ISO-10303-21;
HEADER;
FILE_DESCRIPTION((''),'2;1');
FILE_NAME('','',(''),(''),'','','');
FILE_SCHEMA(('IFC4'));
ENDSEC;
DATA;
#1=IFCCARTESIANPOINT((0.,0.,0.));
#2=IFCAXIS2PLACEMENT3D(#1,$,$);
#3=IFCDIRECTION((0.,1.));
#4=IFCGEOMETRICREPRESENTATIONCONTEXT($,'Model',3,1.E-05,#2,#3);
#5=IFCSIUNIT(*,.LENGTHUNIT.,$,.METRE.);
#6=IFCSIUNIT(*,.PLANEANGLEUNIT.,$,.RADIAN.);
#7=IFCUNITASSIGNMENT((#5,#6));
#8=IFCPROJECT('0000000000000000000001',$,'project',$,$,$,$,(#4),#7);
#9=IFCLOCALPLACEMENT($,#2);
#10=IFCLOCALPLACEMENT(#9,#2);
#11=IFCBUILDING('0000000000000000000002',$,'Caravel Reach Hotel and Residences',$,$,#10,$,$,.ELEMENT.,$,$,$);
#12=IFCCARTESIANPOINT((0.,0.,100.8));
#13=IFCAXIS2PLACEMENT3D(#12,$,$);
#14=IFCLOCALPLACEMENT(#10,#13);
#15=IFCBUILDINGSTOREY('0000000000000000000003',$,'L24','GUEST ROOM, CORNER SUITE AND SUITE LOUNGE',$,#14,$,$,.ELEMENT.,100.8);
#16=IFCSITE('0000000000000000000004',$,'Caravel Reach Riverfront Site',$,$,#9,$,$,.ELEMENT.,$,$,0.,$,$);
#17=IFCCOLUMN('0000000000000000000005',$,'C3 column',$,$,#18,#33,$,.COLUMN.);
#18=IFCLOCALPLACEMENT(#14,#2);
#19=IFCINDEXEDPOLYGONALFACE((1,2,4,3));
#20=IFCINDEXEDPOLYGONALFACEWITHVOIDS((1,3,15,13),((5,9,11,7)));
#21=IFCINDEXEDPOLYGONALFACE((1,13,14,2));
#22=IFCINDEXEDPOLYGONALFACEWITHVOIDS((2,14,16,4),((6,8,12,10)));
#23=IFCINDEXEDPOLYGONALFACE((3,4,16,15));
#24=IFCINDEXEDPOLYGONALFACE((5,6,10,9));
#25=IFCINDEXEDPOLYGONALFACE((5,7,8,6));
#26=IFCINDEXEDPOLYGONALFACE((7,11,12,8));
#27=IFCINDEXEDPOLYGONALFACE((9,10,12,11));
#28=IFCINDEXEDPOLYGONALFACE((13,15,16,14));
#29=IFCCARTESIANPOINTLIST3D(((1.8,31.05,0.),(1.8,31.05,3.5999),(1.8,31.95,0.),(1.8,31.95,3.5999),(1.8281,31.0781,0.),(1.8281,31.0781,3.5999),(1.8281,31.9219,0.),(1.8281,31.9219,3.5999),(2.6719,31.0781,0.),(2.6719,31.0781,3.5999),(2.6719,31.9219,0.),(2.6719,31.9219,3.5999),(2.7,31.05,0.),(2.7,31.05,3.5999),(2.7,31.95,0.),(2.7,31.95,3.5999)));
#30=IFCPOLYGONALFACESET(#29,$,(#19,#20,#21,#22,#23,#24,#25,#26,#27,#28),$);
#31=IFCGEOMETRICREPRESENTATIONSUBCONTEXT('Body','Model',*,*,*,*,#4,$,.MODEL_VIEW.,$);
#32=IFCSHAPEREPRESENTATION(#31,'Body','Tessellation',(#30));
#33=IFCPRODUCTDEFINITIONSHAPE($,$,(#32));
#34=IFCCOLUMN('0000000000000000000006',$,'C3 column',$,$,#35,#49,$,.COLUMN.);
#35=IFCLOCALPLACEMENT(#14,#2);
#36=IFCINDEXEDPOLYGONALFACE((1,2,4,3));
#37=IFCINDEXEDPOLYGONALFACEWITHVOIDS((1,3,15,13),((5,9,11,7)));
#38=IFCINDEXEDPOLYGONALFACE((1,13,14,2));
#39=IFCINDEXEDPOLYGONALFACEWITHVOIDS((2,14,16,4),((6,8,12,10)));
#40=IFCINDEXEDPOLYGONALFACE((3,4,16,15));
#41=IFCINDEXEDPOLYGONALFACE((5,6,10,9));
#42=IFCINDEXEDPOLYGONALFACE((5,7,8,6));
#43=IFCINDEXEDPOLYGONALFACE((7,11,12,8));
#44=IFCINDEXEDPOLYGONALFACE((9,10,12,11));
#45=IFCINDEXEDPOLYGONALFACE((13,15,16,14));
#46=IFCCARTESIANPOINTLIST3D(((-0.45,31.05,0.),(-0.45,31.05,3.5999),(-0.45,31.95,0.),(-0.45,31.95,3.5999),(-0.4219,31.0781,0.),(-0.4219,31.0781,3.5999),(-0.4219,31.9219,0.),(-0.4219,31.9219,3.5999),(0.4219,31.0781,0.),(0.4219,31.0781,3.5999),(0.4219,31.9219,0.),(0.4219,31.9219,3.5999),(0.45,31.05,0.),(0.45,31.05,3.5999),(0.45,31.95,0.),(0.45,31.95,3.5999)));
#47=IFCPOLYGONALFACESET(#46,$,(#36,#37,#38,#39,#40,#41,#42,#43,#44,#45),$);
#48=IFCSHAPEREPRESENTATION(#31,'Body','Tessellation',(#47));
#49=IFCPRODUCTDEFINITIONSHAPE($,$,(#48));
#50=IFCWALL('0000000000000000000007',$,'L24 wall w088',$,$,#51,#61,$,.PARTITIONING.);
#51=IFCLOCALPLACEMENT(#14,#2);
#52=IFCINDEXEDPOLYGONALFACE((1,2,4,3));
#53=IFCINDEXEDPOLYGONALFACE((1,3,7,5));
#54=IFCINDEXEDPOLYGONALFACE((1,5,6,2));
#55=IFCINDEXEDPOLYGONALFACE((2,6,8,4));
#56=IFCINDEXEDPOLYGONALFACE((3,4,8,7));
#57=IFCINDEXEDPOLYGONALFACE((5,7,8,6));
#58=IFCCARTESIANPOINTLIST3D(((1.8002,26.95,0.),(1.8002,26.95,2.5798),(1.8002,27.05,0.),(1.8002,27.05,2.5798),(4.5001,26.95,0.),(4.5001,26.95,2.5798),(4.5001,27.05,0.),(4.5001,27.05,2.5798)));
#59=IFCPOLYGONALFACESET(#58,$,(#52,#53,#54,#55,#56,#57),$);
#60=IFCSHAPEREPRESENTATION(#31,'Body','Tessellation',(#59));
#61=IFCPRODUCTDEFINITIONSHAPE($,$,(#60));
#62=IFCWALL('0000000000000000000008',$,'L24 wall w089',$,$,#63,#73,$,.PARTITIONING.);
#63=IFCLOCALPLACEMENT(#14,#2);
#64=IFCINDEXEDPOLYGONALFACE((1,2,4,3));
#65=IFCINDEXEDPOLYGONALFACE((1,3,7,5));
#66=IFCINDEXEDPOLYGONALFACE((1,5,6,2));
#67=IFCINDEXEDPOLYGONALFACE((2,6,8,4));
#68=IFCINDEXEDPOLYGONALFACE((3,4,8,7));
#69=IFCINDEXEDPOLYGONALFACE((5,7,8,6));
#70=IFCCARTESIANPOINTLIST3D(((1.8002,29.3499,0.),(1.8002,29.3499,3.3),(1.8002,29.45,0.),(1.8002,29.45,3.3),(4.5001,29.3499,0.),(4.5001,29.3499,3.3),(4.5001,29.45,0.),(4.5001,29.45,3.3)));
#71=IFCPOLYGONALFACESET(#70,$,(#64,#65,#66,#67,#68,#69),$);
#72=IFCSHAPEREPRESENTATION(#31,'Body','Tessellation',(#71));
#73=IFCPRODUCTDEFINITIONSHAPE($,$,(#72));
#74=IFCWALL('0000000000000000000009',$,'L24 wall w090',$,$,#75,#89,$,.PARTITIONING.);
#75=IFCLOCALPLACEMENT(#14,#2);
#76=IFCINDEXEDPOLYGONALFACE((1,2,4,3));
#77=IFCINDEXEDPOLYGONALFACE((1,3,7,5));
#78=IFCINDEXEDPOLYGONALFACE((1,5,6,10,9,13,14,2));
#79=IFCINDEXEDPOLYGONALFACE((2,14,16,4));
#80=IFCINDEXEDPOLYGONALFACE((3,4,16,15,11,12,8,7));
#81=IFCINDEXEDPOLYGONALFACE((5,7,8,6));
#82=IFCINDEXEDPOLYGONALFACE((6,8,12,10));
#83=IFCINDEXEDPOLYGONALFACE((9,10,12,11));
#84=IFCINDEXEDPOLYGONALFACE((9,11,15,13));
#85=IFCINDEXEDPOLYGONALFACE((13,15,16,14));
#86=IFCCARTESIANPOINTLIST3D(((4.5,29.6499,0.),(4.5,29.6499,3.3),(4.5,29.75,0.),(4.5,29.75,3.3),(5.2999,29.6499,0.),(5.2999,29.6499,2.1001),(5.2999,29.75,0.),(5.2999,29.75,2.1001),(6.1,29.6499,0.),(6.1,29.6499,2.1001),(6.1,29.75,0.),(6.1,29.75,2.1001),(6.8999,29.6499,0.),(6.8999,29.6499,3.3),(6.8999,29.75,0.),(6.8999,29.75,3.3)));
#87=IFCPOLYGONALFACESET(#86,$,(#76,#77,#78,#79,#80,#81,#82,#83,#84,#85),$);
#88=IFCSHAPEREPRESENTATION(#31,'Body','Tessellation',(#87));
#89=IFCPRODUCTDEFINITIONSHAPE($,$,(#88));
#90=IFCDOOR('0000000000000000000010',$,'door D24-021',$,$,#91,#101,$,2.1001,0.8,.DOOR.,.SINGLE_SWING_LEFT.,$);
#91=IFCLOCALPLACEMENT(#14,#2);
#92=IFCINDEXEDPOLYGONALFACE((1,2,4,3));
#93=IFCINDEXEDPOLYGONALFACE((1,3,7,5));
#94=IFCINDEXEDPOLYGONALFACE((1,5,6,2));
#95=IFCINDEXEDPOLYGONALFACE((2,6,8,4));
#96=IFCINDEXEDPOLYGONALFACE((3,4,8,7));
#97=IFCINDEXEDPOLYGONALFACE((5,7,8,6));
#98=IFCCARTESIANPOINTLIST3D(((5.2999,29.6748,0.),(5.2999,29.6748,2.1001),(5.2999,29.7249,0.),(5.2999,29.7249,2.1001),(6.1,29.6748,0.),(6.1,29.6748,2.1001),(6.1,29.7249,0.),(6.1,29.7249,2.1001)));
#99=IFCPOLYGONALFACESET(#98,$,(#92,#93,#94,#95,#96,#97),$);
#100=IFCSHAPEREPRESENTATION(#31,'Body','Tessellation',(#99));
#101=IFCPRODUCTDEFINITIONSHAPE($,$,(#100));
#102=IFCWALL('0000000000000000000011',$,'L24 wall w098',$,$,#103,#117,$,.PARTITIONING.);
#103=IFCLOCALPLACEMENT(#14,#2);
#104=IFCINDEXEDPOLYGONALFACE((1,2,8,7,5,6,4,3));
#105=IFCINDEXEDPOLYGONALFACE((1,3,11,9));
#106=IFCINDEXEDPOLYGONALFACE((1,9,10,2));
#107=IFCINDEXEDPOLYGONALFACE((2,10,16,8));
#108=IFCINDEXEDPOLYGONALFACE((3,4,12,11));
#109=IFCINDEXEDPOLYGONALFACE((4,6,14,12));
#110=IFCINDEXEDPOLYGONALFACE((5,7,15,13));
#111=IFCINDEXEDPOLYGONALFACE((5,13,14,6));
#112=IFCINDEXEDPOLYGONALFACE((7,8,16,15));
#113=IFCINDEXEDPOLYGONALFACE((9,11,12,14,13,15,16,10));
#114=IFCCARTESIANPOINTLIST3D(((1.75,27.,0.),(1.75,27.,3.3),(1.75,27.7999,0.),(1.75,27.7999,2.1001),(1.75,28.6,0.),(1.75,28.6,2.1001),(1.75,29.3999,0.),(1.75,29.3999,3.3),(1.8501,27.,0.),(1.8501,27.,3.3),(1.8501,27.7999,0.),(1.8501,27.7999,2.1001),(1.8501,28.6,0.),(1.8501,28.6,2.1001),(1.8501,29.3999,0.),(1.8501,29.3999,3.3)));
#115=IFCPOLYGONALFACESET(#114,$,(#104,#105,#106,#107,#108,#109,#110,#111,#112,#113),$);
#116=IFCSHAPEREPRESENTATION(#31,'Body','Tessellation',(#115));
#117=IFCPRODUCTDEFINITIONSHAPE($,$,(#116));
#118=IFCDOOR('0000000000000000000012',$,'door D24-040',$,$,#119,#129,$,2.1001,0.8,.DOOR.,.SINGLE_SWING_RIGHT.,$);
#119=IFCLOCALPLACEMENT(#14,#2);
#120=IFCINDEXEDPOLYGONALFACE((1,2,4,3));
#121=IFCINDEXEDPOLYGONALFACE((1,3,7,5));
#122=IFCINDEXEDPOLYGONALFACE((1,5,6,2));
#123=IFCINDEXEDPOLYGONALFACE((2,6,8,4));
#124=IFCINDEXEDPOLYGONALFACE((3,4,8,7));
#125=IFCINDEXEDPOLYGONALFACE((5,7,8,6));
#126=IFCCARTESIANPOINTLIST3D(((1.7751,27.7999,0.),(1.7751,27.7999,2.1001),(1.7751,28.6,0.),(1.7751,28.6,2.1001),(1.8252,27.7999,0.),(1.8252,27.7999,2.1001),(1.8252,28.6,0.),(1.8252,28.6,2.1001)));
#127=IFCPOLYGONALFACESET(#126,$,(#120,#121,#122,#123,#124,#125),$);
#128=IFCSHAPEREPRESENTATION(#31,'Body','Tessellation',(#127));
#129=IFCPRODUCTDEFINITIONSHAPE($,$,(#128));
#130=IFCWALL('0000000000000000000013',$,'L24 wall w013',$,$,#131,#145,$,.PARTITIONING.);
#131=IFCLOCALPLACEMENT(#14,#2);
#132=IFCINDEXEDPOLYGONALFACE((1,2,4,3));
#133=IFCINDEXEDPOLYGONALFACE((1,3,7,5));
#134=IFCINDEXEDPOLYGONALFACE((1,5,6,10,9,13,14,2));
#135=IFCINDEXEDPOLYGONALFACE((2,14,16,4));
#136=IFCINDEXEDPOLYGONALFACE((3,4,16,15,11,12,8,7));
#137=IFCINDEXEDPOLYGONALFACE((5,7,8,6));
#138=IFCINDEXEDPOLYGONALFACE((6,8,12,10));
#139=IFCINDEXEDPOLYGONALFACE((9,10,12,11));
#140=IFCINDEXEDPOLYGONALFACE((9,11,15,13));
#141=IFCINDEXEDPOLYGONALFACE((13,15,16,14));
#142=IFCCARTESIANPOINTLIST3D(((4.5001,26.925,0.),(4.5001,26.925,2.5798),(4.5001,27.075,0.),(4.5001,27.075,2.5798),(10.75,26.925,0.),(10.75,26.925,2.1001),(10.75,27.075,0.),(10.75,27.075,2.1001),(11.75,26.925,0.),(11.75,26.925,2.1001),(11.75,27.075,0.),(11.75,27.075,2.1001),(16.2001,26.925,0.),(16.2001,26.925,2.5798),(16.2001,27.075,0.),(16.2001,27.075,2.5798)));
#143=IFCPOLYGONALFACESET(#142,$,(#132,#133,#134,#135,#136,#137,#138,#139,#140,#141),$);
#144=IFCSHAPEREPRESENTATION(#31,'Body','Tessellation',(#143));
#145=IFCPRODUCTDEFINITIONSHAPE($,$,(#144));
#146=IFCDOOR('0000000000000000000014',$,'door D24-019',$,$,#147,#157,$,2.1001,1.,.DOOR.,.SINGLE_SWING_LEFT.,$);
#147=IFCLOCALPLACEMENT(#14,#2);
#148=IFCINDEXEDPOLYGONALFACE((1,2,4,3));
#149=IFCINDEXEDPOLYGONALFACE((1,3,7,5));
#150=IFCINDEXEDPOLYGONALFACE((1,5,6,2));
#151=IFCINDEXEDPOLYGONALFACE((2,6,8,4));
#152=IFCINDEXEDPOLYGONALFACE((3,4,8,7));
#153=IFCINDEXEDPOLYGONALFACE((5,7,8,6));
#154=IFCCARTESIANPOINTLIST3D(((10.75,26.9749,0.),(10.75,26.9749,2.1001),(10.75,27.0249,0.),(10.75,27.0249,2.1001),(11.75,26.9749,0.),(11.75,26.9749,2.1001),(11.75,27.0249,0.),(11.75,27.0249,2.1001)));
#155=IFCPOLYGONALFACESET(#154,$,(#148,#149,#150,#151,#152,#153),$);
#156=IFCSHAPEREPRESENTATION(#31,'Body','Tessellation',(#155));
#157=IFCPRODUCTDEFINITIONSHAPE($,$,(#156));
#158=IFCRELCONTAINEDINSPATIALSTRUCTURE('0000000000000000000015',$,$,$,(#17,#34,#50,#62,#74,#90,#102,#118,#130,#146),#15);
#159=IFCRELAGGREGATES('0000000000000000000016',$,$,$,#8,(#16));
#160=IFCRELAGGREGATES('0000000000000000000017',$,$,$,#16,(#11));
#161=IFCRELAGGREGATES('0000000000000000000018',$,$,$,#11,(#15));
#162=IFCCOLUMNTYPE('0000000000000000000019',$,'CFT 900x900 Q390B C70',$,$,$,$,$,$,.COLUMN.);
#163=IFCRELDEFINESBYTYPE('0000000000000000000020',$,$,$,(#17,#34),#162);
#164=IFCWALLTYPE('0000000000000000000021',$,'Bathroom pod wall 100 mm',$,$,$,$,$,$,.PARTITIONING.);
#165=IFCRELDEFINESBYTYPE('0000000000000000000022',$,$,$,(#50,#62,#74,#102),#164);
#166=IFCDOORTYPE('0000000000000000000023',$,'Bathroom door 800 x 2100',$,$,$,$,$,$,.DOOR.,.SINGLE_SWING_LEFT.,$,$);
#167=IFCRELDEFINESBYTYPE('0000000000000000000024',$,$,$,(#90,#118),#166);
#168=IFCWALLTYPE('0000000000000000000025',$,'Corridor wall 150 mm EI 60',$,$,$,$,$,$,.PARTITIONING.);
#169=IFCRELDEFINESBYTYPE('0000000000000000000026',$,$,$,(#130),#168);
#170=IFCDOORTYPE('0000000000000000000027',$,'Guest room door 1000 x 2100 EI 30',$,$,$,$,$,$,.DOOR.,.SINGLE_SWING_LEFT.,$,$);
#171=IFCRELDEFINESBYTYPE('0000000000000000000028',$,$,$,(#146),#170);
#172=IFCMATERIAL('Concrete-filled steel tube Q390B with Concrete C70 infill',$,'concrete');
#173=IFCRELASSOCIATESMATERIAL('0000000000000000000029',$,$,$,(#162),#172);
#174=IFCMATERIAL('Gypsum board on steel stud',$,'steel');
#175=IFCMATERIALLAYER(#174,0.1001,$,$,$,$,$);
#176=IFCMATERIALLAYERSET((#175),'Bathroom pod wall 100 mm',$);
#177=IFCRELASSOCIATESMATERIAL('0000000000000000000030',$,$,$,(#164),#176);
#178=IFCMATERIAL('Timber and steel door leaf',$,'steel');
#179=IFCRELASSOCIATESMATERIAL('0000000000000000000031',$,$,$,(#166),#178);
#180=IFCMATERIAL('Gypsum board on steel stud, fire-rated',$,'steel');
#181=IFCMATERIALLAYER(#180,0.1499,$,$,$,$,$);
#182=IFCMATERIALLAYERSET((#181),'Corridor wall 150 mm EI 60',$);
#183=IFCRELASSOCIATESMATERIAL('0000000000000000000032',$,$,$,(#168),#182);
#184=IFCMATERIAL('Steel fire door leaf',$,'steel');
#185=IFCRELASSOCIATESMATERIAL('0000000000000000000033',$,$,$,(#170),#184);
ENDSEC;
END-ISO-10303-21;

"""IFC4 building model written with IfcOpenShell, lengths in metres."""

from ifc_helpers import new_model, si_unit, direction, frame, frame_2d, origin, origin_2d, place, context, subcontext, project, spatial, rectangle, hollow_rectangle, extrude, material, layer, layer_set, material_profile, profile_set, type_object, element, fill, save


model = new_model("IFC4")

# Units and contexts
model_context = context("Model", 3, precision=1e-05, world=origin(), true_north=direction((0.0, 1.0)))
body_context = subcontext(model_context, "Body", "Model", "MODEL_VIEW")
ifc_project = project(units=[si_unit("LENGTHUNIT", "METRE"), si_unit("PLANEANGLEUNIT", "RADIAN")], contexts=[model_context])

# Site, building, storey
site_placement = place(None, origin())
site = spatial("IfcSite", under=ifc_project, at=site_placement, Name="Caravel Reach Riverfront Site", CompositionType="ELEMENT", RefElevation=0.0)
building_placement = place(site_placement, origin())
building = spatial("IfcBuilding", under=site, at=building_placement, Name="Caravel Reach Hotel and Residences", CompositionType="ELEMENT")
storey_placement = place(building_placement, frame((0.0, 0.0, 100.8)))
storey = spatial("IfcBuildingStorey", under=building, at=storey_placement, Name="L24", Description="GUEST ROOM, CORNER SUITE AND SUITE LOUNGE", CompositionType="ELEMENT", Elevation=100.8)

# Columns
ifc_material_1 = material(Name="Concrete-filled steel tube Q390B with Concrete C70 infill", Category="concrete")
ifc_material_profile = material_profile(ifc_material_1, hollow_rectangle(XDim=0.8999, YDim=0.8999, WallThickness=0.0281, at=origin_2d()), Name="RHS 900x900x28")
ifc_profile_set = profile_set([ifc_material_profile], Name="Concrete-filled steel tube Q390B with Concrete C70 infill")
column_type = type_object("IfcColumnType", Name="CFT 900x900 Q390B C70", PredefinedType="COLUMN", material=ifc_profile_set)
for number, where, z_axis, x_axis, name in (
    (1, (2.25, 31.5, 0.0), (0.0, 0.0, 1.0), (1.0, 0.0, 0.0), "C3 column"),
    (2, (0.0, 31.5, 0.0), (0.0, 0.0, 1.0), (1.0, 0.0, 0.0), "C3 column"),
):
    element("IfcColumn", number, at=place(storey_placement, frame(where, z_axis=z_axis, x_axis=x_axis)), inside=storey, type_object=column_type, Name=name, PredefinedType="COLUMN", context=body_context, shape_type="SweptSolid", body=[
        extrude(hollow_rectangle(XDim=0.8999, YDim=0.8999, WallThickness=0.0281, at=origin_2d()), origin(), (0.0, 0.0, 1.0), 3.5999),
    ])

# Walls
ifc_material_2 = material(Name="Gypsum board on steel stud", Category="steel")
ifc_layer_1 = layer(ifc_material_2, 0.1001)
ifc_layer_set_1 = layer_set([ifc_layer_1], Name="Bathroom pod wall 100 mm")
wall_type_1 = type_object("IfcWallType", Name="Bathroom pod wall 100 mm", PredefinedType="PARTITIONING", material=ifc_layer_set_1)
wall_1_placement = place(storey_placement, frame((1.8, 27.0, 0.0), z_axis=(0.0, 0.0, 1.0), x_axis=(1.0, 0.0, 0.0)))
element("IfcWall", 3, at=wall_1_placement, inside=storey, type_object=wall_type_1, Name="L24 wall w088", PredefinedType="PARTITIONING", context=body_context, shape_type="SweptSolid", body=[
    extrude(rectangle(XDim=2.7, YDim=0.1001, at=frame_2d((1.3501, 0.0))), origin(), (0.0, 0.0, 1.0), 2.5798),
])
wall_2_placement = place(storey_placement, frame((1.8, 29.3999, 0.0), z_axis=(0.0, 0.0, 1.0), x_axis=(1.0, 0.0, 0.0)))
element("IfcWall", 4, at=wall_2_placement, inside=storey, type_object=wall_type_1, Name="L24 wall w089", PredefinedType="PARTITIONING", context=body_context, shape_type="SweptSolid", body=[
    extrude(rectangle(XDim=2.7, YDim=0.1001, at=frame_2d((1.3501, 0.0))), origin(), (0.0, 0.0, 1.0), 3.3),
])

# Walls, openings, doors
wall_3_placement = place(storey_placement, frame((4.5, 29.7, 0.0), z_axis=(0.0, 0.0, 1.0), x_axis=(1.0, 0.0, 0.0)))
wall_3 = element("IfcWall", 5, at=wall_3_placement, inside=storey, type_object=wall_type_1, Name="L24 wall w090", PredefinedType="PARTITIONING", context=body_context, shape_type="SweptSolid", body=[
    extrude(rectangle(XDim=2.3999, YDim=0.1001, at=frame_2d((1.2, 0.0))), origin(), (0.0, 0.0, 1.0), 3.3),
])
opening_1_placement = place(wall_3_placement, frame((0.8, 0.0, 0.0)))
opening_1 = element("IfcOpeningElement", 6, at=opening_1_placement, cuts=wall_3, PredefinedType="OPENING", context=body_context, shape_type="SweptSolid", body=[
    extrude(rectangle(XDim=0.8, YDim=2.1001, at=frame_2d((0.3999, 1.05))), frame((0.0, 0.0601, 0.0), z_axis=(0.0, -1.0, 0.0), x_axis=(1.0, 0.0, 0.0)), (0.0, 0.0, 1.0), 0.1201),
])
ifc_material_3 = material(Name="Timber and steel door leaf", Category="steel")
door_type_1 = type_object("IfcDoorType", Name="Bathroom door 800 x 2100", OperationType="SINGLE_SWING_LEFT", PredefinedType="DOOR", material=ifc_material_3)
door_1_placement = place(opening_1_placement, origin())
door_1 = element("IfcDoor", 7, at=door_1_placement, inside=storey, type_object=door_type_1, Name="door D24-021", OperationType="SINGLE_SWING_LEFT", OverallHeight=2.1001, OverallWidth=0.8, PredefinedType="DOOR", context=body_context, shape_type="SweptSolid", body=[
    extrude(rectangle(XDim=0.8, YDim=2.1001, at=frame_2d((0.3999, 1.05))), frame((0.0, 0.0249, 0.0), z_axis=(0.0, -1.0, 0.0), x_axis=(1.0, 0.0, 0.0)), (0.0, 0.0, 1.0), 0.05),
])
fill(opening_1, door_1)
wall_4_placement = place(storey_placement, frame((1.8, 27.0, 0.0), z_axis=(0.0, 0.0, 1.0), x_axis=(0.0, 1.0, 0.0)))
wall_4 = element("IfcWall", 8, at=wall_4_placement, inside=storey, type_object=wall_type_1, Name="L24 wall w098", PredefinedType="PARTITIONING", context=body_context, shape_type="SweptSolid", body=[
    extrude(rectangle(XDim=2.3999, YDim=0.1001, at=frame_2d((1.2, 0.0))), origin(), (0.0, 0.0, 1.0), 3.3),
])
opening_2_placement = place(wall_4_placement, frame((0.8, 0.0, 0.0)))
opening_2 = element("IfcOpeningElement", 9, at=opening_2_placement, cuts=wall_4, PredefinedType="OPENING", context=body_context, shape_type="SweptSolid", body=[
    extrude(rectangle(XDim=0.8, YDim=2.1001, at=frame_2d((0.3999, 1.05))), frame((0.0, 0.0601, 0.0), z_axis=(0.0, -1.0, 0.0), x_axis=(1.0, 0.0, 0.0)), (0.0, 0.0, 1.0), 0.1201),
])
door_2_placement = place(opening_2_placement, origin())
door_2 = element("IfcDoor", 10, at=door_2_placement, inside=storey, type_object=door_type_1, Name="door D24-040", OperationType="SINGLE_SWING_RIGHT", OverallHeight=2.1001, OverallWidth=0.8, PredefinedType="DOOR", context=body_context, shape_type="SweptSolid", body=[
    extrude(rectangle(XDim=0.8, YDim=2.1001, at=frame_2d((0.3999, 1.05))), frame((0.0, 0.0249, 0.0), z_axis=(0.0, -1.0, 0.0), x_axis=(1.0, 0.0, 0.0)), (0.0, 0.0, 1.0), 0.05),
])
fill(opening_2, door_2)
ifc_material_4 = material(Name="Gypsum board on steel stud, fire-rated", Category="steel")
ifc_layer_2 = layer(ifc_material_4, 0.1499)
ifc_layer_set_2 = layer_set([ifc_layer_2], Name="Corridor wall 150 mm EI 60")
wall_type_2 = type_object("IfcWallType", Name="Corridor wall 150 mm EI 60", PredefinedType="PARTITIONING", material=ifc_layer_set_2)
wall_5_placement = place(storey_placement, frame((4.5, 27.0, 0.0), z_axis=(0.0, 0.0, 1.0), x_axis=(1.0, 0.0, 0.0)))
wall_5 = element("IfcWall", 11, at=wall_5_placement, inside=storey, type_object=wall_type_2, Name="L24 wall w013", PredefinedType="PARTITIONING", context=body_context, shape_type="SweptSolid", body=[
    extrude(rectangle(XDim=11.7, YDim=0.1499, at=frame_2d((5.8501, 0.0))), origin(), (0.0, 0.0, 1.0), 2.5798),
])
opening_3_placement = place(wall_5_placement, frame((6.25, 0.0, 0.0)))
opening_3 = element("IfcOpeningElement", 12, at=opening_3_placement, cuts=wall_5, PredefinedType="OPENING", context=body_context, shape_type="SweptSolid", body=[
    extrude(rectangle(XDim=1.0, YDim=2.1001, at=frame_2d((0.5, 1.05))), frame((0.0, 0.085, 0.0), z_axis=(0.0, -1.0, 0.0), x_axis=(1.0, 0.0, 0.0)), (0.0, 0.0, 1.0), 0.1699),
])
ifc_material_5 = material(Name="Steel fire door leaf", Category="steel")
door_type_2 = type_object("IfcDoorType", Name="Guest room door 1000 x 2100 EI 30", OperationType="SINGLE_SWING_LEFT", PredefinedType="DOOR", material=ifc_material_5)
door_3_placement = place(opening_3_placement, origin())
door_3 = element("IfcDoor", 13, at=door_3_placement, inside=storey, type_object=door_type_2, Name="door D24-019", OperationType="SINGLE_SWING_LEFT", OverallHeight=2.1001, OverallWidth=1.0, PredefinedType="DOOR", context=body_context, shape_type="SweptSolid", body=[
    extrude(rectangle(XDim=1.0, YDim=2.1001, at=frame_2d((0.5, 1.05))), frame((0.0, 0.0249, 0.0), z_axis=(0.0, -1.0, 0.0), x_axis=(1.0, 0.0, 0.0)), (0.0, 0.0, 1.0), 0.05),
])
fill(opening_3, door_3)

save(model, "model.ifc")
